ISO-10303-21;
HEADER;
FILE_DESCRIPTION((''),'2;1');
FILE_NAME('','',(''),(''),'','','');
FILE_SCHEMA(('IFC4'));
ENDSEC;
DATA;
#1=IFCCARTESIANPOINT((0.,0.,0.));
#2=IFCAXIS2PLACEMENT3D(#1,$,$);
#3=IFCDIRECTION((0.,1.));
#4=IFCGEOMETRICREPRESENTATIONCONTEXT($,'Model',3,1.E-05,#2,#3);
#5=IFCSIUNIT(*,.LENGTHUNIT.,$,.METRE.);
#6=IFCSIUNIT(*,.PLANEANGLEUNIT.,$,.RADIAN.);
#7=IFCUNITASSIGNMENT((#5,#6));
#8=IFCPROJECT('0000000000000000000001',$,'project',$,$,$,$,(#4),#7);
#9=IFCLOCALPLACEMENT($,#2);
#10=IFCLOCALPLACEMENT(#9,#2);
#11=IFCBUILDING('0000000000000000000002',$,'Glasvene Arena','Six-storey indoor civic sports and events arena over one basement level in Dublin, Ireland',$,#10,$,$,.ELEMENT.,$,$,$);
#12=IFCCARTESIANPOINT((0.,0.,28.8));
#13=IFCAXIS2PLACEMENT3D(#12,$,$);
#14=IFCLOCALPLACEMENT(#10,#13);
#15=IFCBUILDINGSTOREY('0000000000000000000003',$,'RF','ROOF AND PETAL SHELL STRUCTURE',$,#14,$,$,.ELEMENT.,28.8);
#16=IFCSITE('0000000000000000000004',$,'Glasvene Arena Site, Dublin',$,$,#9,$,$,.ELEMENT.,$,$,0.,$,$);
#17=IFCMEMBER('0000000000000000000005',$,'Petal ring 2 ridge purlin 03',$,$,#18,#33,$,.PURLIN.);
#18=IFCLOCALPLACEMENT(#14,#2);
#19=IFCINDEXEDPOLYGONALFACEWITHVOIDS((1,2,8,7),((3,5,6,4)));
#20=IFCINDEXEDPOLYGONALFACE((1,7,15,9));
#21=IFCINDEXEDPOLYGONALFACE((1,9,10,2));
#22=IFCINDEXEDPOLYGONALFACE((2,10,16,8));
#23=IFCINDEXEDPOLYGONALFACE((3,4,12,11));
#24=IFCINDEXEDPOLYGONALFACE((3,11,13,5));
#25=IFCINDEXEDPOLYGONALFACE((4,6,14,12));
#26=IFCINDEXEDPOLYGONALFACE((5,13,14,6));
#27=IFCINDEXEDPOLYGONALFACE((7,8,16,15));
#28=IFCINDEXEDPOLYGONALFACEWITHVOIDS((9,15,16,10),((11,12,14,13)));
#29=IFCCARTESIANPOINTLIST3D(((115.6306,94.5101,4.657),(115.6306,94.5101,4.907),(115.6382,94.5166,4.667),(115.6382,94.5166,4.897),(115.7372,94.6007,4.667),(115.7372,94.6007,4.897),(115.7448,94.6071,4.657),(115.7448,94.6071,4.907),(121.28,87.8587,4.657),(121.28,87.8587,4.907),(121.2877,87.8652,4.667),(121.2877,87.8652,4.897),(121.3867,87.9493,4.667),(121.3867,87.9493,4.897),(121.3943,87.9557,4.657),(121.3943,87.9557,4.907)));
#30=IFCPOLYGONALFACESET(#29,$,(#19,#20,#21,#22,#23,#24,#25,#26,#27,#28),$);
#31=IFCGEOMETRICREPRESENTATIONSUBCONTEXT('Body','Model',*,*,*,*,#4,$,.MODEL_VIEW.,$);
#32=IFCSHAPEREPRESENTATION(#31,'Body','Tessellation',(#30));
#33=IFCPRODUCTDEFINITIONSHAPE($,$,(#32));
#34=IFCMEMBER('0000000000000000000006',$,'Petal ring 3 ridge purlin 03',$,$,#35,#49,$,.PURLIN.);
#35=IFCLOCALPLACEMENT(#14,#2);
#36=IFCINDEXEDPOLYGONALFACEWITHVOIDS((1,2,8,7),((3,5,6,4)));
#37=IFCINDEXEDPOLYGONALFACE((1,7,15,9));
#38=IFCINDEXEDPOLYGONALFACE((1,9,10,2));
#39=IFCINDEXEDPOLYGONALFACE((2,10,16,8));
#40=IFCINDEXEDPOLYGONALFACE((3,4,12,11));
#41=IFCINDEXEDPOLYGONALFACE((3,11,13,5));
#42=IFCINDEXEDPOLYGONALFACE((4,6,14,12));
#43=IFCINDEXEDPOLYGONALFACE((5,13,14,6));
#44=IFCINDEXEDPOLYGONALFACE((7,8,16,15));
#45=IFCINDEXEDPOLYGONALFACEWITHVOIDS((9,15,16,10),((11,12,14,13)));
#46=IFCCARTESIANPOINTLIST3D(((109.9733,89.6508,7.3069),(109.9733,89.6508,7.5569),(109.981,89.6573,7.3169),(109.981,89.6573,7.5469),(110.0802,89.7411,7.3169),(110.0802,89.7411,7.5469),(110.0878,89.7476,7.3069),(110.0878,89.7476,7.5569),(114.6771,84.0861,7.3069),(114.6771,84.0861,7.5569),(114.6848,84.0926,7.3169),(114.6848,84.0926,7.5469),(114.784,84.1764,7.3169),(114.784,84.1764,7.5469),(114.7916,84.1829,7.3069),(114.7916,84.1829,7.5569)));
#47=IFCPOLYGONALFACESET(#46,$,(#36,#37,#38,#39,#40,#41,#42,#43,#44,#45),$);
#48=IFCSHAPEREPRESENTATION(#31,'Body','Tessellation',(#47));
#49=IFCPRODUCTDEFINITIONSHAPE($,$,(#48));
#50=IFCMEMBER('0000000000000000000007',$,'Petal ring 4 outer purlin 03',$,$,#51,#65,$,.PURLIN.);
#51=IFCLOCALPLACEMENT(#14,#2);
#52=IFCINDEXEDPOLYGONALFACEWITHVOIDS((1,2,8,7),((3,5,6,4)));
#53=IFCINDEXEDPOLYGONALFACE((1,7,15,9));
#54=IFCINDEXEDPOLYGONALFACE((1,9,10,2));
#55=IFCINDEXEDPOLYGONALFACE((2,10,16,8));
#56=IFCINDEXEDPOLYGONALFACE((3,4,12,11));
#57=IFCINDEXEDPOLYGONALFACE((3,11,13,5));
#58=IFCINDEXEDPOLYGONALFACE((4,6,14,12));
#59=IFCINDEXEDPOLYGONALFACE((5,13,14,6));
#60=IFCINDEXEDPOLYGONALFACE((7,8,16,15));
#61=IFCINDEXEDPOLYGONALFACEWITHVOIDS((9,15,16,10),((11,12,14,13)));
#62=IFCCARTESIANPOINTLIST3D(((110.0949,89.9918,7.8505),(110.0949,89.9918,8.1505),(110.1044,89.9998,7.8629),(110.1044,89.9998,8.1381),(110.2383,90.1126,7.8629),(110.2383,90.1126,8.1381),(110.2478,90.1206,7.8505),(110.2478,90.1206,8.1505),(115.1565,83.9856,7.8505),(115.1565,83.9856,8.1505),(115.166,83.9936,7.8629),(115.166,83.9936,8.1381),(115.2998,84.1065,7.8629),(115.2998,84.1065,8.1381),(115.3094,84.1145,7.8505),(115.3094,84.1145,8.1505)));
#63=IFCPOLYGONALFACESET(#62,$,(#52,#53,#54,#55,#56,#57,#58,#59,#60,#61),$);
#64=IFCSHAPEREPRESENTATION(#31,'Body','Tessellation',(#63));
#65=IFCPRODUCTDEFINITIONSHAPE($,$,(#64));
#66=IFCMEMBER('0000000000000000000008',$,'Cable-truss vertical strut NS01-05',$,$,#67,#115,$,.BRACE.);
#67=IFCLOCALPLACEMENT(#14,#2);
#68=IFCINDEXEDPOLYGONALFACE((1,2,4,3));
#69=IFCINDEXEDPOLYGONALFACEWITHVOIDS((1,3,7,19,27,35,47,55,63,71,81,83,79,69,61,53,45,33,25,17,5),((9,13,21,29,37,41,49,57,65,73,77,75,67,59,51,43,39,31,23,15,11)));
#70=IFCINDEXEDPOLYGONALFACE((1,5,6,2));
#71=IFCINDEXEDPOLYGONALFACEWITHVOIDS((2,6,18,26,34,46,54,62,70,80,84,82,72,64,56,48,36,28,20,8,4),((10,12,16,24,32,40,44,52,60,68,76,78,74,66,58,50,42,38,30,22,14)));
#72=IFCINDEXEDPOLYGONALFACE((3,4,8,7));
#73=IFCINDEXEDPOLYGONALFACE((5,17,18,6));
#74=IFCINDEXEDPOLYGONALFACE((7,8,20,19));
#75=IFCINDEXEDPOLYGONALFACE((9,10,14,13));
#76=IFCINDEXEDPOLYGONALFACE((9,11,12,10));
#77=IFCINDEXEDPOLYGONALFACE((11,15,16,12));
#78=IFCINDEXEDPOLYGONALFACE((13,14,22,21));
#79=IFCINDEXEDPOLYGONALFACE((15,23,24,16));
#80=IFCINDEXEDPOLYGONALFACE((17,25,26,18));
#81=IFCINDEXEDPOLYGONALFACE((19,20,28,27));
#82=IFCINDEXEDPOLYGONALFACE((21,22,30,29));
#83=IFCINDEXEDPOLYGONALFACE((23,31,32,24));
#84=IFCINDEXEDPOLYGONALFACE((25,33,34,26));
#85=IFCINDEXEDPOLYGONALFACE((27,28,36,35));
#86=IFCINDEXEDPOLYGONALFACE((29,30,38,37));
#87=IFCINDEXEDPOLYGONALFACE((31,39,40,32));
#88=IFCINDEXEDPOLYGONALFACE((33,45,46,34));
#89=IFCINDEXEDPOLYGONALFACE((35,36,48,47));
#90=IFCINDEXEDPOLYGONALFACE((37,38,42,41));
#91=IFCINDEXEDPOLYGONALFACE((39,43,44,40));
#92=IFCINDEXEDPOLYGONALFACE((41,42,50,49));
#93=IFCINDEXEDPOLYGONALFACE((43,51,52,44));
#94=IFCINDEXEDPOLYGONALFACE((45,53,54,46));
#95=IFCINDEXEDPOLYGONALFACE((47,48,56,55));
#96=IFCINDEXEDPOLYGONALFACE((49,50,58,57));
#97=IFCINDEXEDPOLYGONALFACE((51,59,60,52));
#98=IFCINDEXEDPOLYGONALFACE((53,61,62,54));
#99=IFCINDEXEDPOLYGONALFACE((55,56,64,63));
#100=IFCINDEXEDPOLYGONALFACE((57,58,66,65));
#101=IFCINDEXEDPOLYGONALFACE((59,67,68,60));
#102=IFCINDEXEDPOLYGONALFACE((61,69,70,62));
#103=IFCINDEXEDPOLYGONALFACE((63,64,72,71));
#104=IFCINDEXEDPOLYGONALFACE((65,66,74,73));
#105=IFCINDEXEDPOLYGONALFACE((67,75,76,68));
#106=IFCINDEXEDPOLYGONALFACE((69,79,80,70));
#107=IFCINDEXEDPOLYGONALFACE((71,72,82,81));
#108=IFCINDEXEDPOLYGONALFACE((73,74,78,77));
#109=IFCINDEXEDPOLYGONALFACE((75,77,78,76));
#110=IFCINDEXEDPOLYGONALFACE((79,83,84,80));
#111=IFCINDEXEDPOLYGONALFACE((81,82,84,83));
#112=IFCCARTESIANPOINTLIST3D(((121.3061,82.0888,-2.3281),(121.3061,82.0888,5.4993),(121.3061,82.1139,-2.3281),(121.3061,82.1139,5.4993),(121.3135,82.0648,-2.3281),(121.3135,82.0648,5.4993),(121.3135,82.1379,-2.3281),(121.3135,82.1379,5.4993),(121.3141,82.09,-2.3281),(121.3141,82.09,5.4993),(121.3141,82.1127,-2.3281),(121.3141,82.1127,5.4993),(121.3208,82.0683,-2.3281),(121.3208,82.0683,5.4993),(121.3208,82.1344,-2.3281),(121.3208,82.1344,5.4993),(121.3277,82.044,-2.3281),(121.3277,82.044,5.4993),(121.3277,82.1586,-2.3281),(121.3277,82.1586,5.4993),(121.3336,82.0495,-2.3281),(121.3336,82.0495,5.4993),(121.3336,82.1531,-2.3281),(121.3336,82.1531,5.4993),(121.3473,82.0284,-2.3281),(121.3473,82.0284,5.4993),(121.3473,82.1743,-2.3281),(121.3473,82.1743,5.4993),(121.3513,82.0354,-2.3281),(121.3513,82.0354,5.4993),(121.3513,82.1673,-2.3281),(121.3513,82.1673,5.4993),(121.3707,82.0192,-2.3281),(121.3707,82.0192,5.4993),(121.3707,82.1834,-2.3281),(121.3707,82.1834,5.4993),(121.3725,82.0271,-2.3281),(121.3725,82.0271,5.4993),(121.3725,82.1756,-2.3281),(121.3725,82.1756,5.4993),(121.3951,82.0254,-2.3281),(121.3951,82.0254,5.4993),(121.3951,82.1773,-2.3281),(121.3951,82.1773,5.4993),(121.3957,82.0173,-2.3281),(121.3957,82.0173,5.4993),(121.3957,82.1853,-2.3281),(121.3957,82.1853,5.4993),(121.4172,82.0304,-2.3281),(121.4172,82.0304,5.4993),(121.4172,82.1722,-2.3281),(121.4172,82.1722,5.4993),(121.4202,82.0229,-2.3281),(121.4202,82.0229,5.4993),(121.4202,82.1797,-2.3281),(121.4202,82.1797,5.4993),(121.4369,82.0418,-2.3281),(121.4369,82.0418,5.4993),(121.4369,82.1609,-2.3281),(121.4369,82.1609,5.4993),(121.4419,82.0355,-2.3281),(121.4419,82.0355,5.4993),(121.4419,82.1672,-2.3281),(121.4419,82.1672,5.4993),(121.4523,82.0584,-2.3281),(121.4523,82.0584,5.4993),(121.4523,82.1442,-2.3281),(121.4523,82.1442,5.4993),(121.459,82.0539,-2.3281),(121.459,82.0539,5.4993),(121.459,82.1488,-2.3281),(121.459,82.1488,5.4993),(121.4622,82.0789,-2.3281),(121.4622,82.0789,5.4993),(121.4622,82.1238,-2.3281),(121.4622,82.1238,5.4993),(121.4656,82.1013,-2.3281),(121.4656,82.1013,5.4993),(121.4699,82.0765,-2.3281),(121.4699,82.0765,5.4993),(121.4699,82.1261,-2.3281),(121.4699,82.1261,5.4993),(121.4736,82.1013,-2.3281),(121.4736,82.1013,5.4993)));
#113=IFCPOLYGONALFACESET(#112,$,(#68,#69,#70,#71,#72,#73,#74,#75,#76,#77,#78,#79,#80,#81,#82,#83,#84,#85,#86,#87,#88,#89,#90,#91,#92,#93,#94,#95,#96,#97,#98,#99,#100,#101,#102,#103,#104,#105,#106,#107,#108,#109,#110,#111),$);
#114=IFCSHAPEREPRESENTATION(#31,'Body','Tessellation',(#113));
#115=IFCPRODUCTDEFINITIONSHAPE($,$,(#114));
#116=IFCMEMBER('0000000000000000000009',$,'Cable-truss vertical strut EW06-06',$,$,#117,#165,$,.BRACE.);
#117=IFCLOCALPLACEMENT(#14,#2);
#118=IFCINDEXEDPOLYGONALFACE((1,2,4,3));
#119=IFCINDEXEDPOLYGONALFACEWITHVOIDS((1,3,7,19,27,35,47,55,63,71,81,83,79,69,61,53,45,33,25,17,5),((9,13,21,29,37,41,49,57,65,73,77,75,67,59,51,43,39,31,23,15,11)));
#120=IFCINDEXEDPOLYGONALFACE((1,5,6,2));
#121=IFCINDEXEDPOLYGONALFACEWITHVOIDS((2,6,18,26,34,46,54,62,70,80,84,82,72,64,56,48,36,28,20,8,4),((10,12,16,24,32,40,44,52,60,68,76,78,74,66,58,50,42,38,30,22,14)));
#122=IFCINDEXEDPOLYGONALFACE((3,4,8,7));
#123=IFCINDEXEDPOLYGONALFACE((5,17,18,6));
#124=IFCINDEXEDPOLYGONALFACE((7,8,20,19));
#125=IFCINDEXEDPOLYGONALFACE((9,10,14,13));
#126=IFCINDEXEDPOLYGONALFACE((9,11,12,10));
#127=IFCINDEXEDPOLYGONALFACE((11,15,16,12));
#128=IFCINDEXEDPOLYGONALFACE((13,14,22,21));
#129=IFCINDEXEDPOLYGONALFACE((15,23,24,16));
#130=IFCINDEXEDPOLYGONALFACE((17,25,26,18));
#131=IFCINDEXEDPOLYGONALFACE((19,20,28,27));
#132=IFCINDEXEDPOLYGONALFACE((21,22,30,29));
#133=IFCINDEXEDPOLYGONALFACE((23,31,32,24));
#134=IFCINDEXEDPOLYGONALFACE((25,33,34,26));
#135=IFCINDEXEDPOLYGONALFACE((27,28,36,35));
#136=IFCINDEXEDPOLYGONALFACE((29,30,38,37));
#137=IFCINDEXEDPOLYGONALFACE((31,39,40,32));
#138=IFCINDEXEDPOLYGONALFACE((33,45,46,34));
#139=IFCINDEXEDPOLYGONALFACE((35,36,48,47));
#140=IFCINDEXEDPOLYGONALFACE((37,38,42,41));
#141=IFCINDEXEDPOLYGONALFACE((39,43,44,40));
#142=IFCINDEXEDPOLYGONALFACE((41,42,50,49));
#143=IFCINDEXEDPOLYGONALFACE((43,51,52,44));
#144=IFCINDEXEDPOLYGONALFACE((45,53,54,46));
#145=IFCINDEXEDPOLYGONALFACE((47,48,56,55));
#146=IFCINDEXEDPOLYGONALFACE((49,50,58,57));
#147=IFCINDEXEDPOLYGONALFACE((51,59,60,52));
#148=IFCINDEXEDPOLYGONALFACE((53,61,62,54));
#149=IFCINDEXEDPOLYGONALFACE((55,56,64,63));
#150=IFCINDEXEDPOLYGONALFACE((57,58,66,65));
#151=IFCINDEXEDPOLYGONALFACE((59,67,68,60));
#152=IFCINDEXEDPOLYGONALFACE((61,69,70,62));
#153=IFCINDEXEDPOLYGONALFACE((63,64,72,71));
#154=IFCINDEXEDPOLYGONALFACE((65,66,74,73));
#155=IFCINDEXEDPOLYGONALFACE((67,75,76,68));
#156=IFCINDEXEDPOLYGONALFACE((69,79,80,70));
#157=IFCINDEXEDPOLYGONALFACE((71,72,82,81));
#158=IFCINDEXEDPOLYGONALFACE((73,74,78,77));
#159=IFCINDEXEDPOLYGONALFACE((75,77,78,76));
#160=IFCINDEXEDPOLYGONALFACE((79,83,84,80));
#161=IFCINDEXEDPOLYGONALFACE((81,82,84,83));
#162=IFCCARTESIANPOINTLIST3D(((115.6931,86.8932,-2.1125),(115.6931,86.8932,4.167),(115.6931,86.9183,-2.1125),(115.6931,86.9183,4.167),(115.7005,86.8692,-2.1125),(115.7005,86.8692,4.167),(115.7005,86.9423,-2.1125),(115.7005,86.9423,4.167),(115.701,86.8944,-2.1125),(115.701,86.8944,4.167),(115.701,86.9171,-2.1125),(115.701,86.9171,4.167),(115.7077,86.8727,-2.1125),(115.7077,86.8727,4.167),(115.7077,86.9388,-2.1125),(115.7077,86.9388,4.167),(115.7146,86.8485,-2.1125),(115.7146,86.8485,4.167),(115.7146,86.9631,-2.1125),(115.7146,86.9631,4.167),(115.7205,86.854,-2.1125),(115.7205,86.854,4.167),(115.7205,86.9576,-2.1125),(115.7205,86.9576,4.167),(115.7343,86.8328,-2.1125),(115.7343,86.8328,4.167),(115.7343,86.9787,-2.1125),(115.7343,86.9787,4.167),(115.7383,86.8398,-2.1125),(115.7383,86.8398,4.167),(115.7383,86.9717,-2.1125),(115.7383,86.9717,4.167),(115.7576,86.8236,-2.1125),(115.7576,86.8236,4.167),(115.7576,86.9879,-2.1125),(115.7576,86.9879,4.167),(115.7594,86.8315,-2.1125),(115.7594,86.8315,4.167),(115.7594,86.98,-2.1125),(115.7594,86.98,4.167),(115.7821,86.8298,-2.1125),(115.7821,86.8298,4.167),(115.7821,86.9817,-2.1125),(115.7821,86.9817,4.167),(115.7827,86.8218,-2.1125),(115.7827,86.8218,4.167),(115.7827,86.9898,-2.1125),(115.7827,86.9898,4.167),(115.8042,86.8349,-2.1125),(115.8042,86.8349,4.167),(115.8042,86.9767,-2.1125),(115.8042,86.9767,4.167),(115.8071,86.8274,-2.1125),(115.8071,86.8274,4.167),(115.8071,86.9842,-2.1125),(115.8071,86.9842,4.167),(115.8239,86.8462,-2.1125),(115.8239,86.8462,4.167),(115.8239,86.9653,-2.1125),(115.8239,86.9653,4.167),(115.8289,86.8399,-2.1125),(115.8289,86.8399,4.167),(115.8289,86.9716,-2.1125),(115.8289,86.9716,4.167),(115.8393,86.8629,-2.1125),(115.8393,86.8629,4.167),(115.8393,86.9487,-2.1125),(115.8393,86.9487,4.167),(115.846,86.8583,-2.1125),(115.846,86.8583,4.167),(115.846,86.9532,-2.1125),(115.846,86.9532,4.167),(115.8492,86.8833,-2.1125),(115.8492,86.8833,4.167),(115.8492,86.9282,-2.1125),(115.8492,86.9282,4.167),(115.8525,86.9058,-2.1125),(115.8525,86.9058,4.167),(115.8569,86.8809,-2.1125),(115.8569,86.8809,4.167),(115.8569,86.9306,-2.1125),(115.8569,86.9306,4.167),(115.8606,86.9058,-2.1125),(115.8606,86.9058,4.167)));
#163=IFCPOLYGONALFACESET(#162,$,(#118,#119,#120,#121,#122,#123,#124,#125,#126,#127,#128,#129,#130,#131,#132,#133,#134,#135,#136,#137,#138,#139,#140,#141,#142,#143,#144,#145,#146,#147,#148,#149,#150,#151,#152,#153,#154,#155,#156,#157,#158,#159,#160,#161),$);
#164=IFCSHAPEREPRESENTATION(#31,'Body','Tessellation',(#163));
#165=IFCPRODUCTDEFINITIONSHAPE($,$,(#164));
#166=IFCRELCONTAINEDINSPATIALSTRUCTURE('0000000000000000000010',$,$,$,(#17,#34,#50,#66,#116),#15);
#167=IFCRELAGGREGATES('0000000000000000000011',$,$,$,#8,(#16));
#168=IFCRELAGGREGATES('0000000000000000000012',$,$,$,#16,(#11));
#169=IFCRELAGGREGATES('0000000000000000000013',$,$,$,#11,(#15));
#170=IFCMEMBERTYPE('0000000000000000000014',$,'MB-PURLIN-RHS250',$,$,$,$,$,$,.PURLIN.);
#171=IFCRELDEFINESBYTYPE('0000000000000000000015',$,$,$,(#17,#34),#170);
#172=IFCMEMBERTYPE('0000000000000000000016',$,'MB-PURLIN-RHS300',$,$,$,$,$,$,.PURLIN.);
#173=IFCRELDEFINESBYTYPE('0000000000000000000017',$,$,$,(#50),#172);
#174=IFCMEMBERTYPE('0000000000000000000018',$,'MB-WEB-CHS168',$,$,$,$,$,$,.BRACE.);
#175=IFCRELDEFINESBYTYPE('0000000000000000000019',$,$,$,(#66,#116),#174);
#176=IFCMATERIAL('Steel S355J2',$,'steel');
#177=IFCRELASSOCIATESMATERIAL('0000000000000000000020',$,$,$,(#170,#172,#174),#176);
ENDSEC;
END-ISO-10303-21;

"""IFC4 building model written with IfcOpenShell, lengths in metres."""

from ifc_helpers import new_model, si_unit, direction, frame, origin, origin_2d, place, context, subcontext, project, spatial, hollow_rectangle, hollow_circle, extrude, material, material_profile, profile_set, type_object, element, save


model = new_model("IFC4")

# Units and contexts
model_context = context("Model", 3, precision=1e-05, world=origin(), true_north=direction((0.0, 1.0)))
body_context = subcontext(model_context, "Body", "Model", "MODEL_VIEW")
ifc_project = project(units=[si_unit("LENGTHUNIT", "METRE"), si_unit("PLANEANGLEUNIT", "RADIAN")], contexts=[model_context])

# Site, building, storey
site_placement = place(None, origin())
site = spatial("IfcSite", under=ifc_project, at=site_placement, Name="Glasvene Arena Site, Dublin", CompositionType="ELEMENT", RefElevation=0.0)
building_placement = place(site_placement, origin())
building = spatial("IfcBuilding", under=site, at=building_placement, Name="Glasvene Arena", Description="Six-storey indoor civic sports and events arena over one basement level in Dublin, Ireland", CompositionType="ELEMENT")
storey_placement = place(building_placement, frame((0.0, 0.0, 28.8)))
storey = spatial("IfcBuildingStorey", under=building, at=storey_placement, Name="RF", Description="ROOF AND PETAL SHELL STRUCTURE", CompositionType="ELEMENT", Elevation=28.8)

# Members
ifc_material_1 = material(Name="Steel S355J2", Category="steel")
ifc_material_profile_1 = material_profile(ifc_material_1, hollow_rectangle(XDim=0.1499, YDim=0.25, WallThickness=0.01, at=origin_2d()), Name="RHS 250x150x10.0")
ifc_profile_set_1 = profile_set([ifc_material_profile_1], Name="Steel S355J2")
member_type_1 = type_object("IfcMemberType", Name="MB-PURLIN-RHS250", PredefinedType="PURLIN", material=ifc_profile_set_1)
member_1_placement = place(storey_placement, frame((121.3372, 87.9072, 4.782), z_axis=(-0.647366, 0.762179, 0.0), x_axis=(-0.762179, -0.647366, 0.0)))
element("IfcMember", 1, at=member_1_placement, inside=storey, type_object=member_type_1, Name="Petal ring 2 ridge purlin 03", PredefinedType="PURLIN", context=body_context, shape_type="SweptSolid", body=[
    extrude(hollow_rectangle(XDim=0.1499, YDim=0.25, WallThickness=0.01, at=origin_2d()), origin(), (0.0, 0.0, 1.0), 8.7268),
])
member_2_placement = place(storey_placement, frame((114.7344, 84.1345, 7.4319), z_axis=(-0.645564, 0.763706, 0.0), x_axis=(-0.763706, -0.645564, 0.0)))
element("IfcMember", 2, at=member_2_placement, inside=storey, type_object=member_type_1, Name="Petal ring 3 ridge purlin 03", PredefinedType="PURLIN", context=body_context, shape_type="SweptSolid", body=[
    extrude(hollow_rectangle(XDim=0.1499, YDim=0.25, WallThickness=0.01, at=origin_2d()), origin(), (0.0, 0.0, 1.0), 7.2864),
])
ifc_material_profile_2 = material_profile(ifc_material_1, hollow_rectangle(XDim=0.2, YDim=0.3, WallThickness=0.0125, at=origin_2d()), Name="RHS 300x200x12.5")
ifc_profile_set_2 = profile_set([ifc_material_profile_2], Name="Steel S355J2")
member_type_2 = type_object("IfcMemberType", Name="MB-PURLIN-RHS300", PredefinedType="PURLIN", material=ifc_profile_set_2)
member_3_placement = place(storey_placement, frame((115.2329, 84.05, 8.0005), z_axis=(-0.644415, 0.764676, 0.0), x_axis=(-0.764676, -0.644415, 0.0)))
element("IfcMember", 3, at=member_3_placement, inside=storey, type_object=member_type_2, Name="Petal ring 4 outer purlin 03", PredefinedType="PURLIN", context=body_context, shape_type="SweptSolid", body=[
    extrude(hollow_rectangle(XDim=0.2, YDim=0.3, WallThickness=0.0125, at=origin_2d()), origin(), (0.0, 0.0, 1.0), 7.8545),
])
ifc_material_profile_3 = material_profile(ifc_material_1, hollow_circle(Radius=0.0842, WallThickness=0.0081, at=origin_2d()), Name="CHS 168.3x8.0")
ifc_profile_set_3 = profile_set([ifc_material_profile_3], Name="Steel S355J2")
member_type_3 = type_object("IfcMemberType", Name="MB-WEB-CHS168", PredefinedType="BRACE", material=ifc_profile_set_3)
member_4_placement = place(storey_placement, frame((121.3894, 82.1013, -2.3281), z_axis=(0.0, 0.0, 1.0), x_axis=(1.0, 0.0, 0.0)))
element("IfcMember", 4, at=member_4_placement, inside=storey, type_object=member_type_3, Name="Cable-truss vertical strut NS01-05", PredefinedType="BRACE", context=body_context, shape_type="SweptSolid", body=[
    extrude(hollow_circle(Radius=0.0842, WallThickness=0.0081, at=origin_2d()), origin(), (0.0, 0.0, 1.0), 7.8274),
])
member_5_placement = place(storey_placement, frame((115.7764, 86.9058, -2.1125), z_axis=(0.0, 0.0, 1.0), x_axis=(1.0, 0.0, 0.0)))
element("IfcMember", 5, at=member_5_placement, inside=storey, type_object=member_type_3, Name="Cable-truss vertical strut EW06-06", PredefinedType="BRACE", context=body_context, shape_type="SweptSolid", body=[
    extrude(hollow_circle(Radius=0.0842, WallThickness=0.0081, at=origin_2d()), origin(), (0.0, 0.0, 1.0), 6.2795),
])

save(model, "model.ifc")
